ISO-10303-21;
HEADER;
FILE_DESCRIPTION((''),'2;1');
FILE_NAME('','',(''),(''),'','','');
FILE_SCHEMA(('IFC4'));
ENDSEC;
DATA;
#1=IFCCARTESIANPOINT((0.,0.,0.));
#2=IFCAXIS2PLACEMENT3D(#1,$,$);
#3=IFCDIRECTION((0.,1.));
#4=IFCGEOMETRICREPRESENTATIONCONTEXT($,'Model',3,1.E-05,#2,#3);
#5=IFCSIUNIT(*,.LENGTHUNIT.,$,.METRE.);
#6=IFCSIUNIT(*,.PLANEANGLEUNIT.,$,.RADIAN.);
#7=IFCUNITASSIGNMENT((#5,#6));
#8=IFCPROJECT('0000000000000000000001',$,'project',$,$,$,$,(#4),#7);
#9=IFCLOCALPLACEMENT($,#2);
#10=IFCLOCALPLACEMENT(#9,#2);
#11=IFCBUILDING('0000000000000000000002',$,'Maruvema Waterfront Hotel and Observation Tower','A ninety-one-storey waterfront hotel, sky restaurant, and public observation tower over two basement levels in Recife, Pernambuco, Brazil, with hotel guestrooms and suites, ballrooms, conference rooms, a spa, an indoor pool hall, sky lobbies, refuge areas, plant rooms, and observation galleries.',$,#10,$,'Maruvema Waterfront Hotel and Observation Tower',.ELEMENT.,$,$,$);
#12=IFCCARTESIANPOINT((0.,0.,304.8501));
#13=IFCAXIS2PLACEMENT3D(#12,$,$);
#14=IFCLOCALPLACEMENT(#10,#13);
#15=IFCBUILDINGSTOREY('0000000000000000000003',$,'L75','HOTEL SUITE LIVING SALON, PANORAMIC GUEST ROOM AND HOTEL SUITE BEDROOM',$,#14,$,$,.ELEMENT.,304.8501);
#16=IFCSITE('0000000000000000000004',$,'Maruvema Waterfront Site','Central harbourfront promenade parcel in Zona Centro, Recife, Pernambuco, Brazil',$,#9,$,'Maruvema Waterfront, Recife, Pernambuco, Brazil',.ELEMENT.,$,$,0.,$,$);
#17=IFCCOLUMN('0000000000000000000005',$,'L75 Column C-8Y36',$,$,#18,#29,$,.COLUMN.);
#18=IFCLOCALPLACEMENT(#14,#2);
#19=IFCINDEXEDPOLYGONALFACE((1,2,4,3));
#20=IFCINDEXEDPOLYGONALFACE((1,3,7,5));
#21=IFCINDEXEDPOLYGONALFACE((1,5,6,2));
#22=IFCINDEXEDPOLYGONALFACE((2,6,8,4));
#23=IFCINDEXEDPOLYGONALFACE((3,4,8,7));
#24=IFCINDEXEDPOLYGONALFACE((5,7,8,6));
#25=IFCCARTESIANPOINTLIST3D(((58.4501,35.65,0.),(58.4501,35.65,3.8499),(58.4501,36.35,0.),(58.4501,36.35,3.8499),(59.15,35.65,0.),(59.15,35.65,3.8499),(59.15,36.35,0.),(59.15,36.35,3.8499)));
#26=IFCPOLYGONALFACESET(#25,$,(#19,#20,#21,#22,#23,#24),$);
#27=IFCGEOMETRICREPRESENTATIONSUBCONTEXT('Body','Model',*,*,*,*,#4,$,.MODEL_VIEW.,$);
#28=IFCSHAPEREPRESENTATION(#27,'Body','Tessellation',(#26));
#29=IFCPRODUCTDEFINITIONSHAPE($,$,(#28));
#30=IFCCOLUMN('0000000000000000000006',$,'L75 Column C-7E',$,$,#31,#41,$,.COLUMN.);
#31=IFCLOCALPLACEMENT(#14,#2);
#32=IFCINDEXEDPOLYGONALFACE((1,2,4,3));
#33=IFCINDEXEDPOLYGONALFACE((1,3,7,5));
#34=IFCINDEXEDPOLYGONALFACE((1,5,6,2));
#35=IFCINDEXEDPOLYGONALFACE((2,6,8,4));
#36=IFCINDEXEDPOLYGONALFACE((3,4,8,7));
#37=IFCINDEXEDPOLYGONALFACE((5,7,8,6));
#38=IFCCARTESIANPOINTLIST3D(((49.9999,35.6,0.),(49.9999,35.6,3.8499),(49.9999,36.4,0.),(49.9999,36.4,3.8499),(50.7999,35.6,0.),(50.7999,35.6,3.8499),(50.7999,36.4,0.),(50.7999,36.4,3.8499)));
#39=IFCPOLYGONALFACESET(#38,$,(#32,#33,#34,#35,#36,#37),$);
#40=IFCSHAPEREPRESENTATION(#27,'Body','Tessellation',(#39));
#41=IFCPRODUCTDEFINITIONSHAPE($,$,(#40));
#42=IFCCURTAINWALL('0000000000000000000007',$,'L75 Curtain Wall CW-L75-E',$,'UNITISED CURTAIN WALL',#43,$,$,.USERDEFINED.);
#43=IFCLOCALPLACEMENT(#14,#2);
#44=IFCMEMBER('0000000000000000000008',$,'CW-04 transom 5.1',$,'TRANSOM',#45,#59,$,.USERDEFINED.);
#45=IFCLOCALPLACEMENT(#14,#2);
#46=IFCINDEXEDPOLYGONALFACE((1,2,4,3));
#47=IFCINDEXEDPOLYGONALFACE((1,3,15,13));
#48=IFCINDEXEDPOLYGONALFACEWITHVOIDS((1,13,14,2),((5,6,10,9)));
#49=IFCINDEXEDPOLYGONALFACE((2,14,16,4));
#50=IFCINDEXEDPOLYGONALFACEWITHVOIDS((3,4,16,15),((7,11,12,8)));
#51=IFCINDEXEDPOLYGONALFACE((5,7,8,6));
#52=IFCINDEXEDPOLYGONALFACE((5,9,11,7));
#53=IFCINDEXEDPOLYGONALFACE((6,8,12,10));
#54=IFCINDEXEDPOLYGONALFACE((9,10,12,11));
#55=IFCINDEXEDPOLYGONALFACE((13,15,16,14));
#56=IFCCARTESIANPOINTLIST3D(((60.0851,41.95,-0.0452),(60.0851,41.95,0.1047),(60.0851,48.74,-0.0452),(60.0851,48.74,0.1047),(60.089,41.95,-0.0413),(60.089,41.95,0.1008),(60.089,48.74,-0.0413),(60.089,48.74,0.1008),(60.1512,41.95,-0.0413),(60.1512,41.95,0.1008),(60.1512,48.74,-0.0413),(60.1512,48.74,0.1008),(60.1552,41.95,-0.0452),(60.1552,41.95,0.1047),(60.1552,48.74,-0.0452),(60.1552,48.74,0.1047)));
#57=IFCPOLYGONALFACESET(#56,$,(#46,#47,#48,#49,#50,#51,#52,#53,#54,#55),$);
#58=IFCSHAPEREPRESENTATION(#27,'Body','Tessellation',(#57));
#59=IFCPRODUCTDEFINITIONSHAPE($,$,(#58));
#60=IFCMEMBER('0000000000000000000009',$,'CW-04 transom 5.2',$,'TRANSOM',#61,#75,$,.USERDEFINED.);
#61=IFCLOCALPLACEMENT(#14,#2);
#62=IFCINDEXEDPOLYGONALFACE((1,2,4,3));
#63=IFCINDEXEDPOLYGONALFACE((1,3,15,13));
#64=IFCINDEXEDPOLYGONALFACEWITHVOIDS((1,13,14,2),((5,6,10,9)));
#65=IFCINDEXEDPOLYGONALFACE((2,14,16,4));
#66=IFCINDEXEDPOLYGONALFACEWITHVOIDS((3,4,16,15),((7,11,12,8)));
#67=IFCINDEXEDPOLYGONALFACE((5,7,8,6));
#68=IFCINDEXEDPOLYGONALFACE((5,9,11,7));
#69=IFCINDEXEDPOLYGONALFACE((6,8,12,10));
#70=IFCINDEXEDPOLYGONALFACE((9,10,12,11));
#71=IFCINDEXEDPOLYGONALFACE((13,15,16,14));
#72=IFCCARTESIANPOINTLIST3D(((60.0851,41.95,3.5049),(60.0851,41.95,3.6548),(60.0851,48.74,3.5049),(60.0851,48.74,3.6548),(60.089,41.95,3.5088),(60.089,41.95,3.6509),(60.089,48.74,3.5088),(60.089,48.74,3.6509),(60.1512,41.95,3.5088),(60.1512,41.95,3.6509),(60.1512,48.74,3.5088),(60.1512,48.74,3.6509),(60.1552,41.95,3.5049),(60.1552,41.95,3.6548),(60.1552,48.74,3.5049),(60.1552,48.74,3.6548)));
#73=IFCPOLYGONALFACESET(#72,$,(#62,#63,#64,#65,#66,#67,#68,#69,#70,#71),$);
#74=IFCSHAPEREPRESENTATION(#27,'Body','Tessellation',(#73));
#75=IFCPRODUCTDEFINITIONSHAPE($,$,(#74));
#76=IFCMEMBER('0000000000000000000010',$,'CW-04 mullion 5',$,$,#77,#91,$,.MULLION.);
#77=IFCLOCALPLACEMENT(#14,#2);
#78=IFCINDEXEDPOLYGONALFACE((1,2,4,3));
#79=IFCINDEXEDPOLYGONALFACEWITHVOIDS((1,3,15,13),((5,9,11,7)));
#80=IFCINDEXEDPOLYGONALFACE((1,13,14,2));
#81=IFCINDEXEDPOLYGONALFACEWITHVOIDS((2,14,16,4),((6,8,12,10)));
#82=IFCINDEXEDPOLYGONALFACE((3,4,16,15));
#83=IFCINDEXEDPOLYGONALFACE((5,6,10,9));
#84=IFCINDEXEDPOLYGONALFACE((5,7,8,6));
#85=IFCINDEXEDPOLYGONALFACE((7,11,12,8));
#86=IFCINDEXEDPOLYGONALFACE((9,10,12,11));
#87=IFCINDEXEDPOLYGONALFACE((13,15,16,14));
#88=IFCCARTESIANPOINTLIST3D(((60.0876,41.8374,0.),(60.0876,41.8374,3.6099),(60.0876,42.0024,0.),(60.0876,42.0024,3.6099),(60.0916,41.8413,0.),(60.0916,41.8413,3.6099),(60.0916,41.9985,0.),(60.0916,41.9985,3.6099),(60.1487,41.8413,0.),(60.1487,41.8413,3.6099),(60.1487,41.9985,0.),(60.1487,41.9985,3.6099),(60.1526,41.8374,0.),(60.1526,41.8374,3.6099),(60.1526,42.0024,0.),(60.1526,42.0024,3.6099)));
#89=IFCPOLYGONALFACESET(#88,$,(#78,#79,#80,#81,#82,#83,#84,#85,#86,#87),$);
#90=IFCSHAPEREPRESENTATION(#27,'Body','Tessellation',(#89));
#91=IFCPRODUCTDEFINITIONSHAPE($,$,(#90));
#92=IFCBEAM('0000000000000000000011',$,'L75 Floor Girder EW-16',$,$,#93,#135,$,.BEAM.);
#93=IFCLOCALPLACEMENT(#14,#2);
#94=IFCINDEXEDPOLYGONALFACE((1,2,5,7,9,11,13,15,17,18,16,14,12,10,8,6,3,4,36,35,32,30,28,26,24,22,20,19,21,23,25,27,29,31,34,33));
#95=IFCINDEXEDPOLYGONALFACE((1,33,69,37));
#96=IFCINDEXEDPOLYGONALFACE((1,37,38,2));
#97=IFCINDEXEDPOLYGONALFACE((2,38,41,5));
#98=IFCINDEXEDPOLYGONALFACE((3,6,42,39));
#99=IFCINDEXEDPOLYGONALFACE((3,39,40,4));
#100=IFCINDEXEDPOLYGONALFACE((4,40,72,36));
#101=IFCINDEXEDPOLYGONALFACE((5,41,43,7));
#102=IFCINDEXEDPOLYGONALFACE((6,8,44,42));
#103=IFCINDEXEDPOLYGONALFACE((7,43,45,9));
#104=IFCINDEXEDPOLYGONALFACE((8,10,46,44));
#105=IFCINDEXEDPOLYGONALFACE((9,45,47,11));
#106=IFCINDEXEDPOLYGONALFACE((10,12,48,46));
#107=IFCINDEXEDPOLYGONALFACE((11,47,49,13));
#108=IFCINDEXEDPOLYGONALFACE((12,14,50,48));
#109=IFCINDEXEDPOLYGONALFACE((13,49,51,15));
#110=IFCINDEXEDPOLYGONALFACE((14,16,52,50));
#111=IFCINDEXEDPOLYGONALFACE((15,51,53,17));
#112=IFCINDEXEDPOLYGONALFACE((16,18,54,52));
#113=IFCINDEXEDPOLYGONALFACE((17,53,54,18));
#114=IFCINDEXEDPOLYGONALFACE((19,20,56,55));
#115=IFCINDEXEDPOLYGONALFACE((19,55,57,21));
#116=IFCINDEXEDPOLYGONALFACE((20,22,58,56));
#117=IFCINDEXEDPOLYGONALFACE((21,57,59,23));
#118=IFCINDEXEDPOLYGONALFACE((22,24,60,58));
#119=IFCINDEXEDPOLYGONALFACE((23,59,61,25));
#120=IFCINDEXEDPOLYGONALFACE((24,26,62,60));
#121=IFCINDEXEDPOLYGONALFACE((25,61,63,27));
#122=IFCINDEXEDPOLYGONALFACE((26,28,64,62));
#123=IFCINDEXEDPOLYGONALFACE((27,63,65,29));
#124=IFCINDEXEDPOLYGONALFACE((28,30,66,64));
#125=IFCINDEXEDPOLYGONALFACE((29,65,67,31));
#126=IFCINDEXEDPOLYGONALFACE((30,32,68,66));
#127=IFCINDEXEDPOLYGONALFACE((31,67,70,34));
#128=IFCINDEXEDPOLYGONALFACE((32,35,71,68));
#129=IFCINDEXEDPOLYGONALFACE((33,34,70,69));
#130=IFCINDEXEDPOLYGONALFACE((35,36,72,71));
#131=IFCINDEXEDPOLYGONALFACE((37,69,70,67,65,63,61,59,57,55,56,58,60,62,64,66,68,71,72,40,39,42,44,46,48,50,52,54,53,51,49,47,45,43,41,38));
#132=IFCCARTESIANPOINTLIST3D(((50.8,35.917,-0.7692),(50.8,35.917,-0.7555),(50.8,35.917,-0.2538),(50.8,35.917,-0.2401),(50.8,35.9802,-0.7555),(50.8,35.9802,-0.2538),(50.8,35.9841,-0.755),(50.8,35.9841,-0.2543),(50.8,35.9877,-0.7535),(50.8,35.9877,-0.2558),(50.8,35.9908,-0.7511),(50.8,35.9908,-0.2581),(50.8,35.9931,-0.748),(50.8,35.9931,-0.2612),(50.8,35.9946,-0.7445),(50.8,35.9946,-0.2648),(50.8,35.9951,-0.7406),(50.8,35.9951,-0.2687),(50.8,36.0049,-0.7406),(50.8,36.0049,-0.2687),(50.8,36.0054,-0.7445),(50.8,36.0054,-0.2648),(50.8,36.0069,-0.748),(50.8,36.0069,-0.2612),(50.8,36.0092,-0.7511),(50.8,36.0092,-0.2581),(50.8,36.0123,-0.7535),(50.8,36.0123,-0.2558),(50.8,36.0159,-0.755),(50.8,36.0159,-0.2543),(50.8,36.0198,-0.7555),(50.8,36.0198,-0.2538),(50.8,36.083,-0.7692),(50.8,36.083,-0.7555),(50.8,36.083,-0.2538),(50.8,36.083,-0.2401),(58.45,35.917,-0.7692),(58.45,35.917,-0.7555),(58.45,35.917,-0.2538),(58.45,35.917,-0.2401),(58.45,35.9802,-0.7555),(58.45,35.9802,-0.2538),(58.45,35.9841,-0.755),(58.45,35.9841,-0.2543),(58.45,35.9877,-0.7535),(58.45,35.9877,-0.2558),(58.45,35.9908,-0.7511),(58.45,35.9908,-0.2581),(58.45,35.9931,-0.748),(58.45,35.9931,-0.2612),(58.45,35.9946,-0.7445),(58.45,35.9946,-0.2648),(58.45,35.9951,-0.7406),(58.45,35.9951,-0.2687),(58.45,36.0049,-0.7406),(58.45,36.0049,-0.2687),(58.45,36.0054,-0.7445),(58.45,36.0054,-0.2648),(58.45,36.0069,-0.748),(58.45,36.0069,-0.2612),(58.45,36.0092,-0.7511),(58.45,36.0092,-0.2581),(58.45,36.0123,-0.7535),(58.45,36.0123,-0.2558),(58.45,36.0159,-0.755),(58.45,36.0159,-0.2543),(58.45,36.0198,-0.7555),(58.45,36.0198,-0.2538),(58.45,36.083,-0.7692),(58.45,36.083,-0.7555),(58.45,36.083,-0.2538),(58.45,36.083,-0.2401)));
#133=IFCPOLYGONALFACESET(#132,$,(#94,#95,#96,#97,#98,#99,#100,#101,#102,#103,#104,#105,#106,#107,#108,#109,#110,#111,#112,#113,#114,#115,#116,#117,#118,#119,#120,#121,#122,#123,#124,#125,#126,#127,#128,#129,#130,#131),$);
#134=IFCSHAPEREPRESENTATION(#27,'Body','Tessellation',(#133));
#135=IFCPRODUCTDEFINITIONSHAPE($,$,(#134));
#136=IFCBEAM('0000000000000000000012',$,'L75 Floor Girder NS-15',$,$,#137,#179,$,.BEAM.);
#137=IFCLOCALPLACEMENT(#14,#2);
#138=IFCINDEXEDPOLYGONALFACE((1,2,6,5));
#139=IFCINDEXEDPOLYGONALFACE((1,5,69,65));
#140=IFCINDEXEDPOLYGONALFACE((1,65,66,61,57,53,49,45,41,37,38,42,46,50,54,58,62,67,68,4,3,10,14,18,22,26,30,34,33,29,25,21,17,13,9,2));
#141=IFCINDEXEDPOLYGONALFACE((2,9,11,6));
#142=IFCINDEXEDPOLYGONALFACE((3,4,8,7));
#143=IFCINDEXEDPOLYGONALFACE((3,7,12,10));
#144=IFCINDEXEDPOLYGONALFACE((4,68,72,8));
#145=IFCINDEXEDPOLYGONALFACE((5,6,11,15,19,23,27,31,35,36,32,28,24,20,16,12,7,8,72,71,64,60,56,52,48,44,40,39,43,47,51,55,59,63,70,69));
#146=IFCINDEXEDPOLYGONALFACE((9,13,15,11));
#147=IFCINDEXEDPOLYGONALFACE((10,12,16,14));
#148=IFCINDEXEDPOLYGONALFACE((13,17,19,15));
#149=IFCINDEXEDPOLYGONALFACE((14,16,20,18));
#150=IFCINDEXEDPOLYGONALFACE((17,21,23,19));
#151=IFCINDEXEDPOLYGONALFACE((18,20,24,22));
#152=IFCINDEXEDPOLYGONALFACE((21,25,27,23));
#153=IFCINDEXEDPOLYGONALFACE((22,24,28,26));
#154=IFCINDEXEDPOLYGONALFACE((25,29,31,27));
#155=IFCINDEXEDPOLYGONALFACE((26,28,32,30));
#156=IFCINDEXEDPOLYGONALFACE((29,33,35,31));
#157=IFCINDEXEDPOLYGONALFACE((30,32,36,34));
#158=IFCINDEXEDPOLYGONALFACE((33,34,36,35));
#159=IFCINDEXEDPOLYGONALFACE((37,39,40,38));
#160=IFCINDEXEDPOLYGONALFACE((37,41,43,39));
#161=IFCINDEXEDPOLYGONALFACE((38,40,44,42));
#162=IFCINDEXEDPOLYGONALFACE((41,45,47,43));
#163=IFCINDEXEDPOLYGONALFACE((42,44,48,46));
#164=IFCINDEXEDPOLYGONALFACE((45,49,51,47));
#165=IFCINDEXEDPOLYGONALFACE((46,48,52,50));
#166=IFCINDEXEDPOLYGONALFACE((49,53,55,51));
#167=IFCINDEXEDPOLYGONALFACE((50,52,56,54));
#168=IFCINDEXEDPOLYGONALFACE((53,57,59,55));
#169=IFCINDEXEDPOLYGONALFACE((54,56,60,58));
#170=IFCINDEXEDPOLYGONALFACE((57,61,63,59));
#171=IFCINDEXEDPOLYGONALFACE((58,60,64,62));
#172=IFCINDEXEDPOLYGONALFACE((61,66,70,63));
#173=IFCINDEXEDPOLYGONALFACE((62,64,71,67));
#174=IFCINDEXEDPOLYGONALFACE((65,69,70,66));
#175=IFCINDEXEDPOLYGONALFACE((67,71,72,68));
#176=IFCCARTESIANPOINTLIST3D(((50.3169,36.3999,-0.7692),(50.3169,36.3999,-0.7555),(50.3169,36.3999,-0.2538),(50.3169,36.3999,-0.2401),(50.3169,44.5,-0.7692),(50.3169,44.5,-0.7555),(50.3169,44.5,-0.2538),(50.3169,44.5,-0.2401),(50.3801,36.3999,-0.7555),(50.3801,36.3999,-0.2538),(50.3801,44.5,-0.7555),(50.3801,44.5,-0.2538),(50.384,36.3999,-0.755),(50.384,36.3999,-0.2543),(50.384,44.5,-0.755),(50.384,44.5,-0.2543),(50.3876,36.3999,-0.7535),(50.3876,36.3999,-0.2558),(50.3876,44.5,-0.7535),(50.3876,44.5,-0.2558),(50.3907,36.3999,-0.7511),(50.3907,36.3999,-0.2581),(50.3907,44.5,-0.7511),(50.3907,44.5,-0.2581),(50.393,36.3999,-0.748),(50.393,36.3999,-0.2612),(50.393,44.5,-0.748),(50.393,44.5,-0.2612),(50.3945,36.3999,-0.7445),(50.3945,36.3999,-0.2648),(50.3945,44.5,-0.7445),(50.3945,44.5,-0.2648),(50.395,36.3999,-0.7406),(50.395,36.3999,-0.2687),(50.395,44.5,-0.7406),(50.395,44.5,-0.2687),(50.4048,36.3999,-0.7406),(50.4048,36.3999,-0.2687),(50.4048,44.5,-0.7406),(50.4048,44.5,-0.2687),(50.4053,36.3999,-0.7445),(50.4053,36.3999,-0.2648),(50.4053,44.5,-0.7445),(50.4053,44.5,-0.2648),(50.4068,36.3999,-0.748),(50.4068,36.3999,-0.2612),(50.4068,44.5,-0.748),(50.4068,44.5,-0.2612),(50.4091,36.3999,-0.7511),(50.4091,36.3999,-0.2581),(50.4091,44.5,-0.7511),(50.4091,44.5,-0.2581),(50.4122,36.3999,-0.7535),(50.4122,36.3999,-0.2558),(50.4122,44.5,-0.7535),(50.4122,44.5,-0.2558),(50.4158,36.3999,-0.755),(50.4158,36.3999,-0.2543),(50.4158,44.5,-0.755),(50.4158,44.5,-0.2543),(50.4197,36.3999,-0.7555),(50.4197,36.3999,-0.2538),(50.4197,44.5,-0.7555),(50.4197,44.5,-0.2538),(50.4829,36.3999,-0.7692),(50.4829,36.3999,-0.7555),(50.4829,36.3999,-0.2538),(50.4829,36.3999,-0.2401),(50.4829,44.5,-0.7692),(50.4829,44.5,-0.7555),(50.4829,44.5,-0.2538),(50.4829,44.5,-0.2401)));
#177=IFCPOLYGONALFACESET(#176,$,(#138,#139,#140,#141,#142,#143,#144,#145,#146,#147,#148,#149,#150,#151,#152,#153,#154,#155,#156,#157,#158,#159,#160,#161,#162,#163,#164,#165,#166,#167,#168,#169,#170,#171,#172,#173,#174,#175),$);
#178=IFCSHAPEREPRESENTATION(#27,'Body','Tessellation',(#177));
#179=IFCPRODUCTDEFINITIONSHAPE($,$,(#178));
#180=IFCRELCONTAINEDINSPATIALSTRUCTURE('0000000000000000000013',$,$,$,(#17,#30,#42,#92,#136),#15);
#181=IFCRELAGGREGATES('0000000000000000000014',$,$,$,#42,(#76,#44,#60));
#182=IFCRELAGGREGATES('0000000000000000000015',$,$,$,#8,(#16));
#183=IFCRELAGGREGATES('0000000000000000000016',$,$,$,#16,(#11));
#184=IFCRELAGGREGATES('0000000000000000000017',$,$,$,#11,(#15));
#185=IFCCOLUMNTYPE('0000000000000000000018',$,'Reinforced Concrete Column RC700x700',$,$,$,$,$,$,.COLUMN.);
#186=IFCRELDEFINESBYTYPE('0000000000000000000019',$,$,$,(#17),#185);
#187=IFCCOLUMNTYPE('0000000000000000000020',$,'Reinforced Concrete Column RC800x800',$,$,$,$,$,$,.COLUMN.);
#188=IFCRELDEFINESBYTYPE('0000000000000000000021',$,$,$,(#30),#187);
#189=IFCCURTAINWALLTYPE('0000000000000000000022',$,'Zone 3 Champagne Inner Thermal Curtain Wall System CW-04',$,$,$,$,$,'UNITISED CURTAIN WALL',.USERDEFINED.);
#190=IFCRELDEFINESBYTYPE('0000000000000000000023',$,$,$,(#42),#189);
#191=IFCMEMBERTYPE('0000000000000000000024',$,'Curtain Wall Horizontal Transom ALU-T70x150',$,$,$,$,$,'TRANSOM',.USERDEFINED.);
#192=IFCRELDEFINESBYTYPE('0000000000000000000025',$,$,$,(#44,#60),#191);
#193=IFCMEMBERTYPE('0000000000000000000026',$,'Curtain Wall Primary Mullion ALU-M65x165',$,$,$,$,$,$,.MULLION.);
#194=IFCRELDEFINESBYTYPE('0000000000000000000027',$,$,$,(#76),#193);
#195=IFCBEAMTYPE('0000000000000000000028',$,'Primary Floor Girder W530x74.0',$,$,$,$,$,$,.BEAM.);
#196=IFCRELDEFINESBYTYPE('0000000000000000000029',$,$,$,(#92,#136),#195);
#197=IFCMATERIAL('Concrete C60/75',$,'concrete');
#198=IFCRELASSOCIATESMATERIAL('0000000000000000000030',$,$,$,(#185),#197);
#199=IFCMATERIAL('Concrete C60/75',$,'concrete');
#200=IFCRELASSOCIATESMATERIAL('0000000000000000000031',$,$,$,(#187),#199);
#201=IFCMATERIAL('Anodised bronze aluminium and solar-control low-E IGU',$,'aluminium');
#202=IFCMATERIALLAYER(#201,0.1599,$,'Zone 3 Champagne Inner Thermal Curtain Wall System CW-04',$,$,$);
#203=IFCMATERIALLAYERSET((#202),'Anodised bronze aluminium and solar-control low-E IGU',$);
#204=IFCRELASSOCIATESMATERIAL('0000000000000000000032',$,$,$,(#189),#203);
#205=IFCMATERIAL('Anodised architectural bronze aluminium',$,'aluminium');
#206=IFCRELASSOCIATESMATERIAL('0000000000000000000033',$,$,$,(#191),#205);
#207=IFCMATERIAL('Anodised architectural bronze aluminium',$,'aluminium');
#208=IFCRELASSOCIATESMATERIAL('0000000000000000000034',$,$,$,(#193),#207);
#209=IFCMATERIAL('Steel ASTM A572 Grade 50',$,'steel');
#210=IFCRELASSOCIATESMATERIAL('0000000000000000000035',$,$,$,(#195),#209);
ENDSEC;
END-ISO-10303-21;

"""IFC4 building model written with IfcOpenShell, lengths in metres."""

from ifc_helpers import new_model, si_unit, direction, frame, origin, origin_2d, place, context, subcontext, project, spatial, rectangle, hollow_rectangle, i_section, extrude, material, layer, layer_set, material_profile, profile_set, type_object, element, aggregate, save


model = new_model("IFC4")

# Units and contexts
model_context = context("Model", 3, precision=1e-05, world=origin(), true_north=direction((0.0, 1.0)))
body_context = subcontext(model_context, "Body", "Model", "MODEL_VIEW")
ifc_project = project(units=[si_unit("LENGTHUNIT", "METRE"), si_unit("PLANEANGLEUNIT", "RADIAN")], contexts=[model_context])

# Site, building, storey
site_placement = place(None, origin())
site = spatial("IfcSite", under=ifc_project, at=site_placement, Name="Maruvema Waterfront Site", Description="Central harbourfront promenade parcel in Zona Centro, Recife, Pernambuco, Brazil", LongName="Maruvema Waterfront, Recife, Pernambuco, Brazil", CompositionType="ELEMENT", RefElevation=0.0)
building_placement = place(site_placement, origin())
building = spatial("IfcBuilding", under=site, at=building_placement, Name="Maruvema Waterfront Hotel and Observation Tower", Description="A ninety-one-storey waterfront hotel, sky restaurant, and public observation tower over two basement levels in Recife, Pernambuco, Brazil, with hotel guestrooms and suites, ballrooms, conference rooms, a spa, an indoor pool hall, sky lobbies, refuge areas, plant rooms, and observation galleries.", LongName="Maruvema Waterfront Hotel and Observation Tower", CompositionType="ELEMENT")
storey_placement = place(building_placement, frame((0.0, 0.0, 304.8501)))
storey = spatial("IfcBuildingStorey", under=building, at=storey_placement, Name="L75", Description="HOTEL SUITE LIVING SALON, PANORAMIC GUEST ROOM AND HOTEL SUITE BEDROOM", CompositionType="ELEMENT", Elevation=304.8501)

# Columns
ifc_material_1 = material(Name="Concrete C60/75", Category="concrete")
ifc_material_profile_1 = material_profile(ifc_material_1, rectangle(XDim=0.7, YDim=0.7, at=origin_2d()), Name="RC700x700")
ifc_profile_set_1 = profile_set([ifc_material_profile_1], Name="Concrete C60/75")
column_type_1 = type_object("IfcColumnType", Name="Reinforced Concrete Column RC700x700", PredefinedType="COLUMN", material=ifc_profile_set_1)
column_1_placement = place(storey_placement, frame((58.8, 36.0, 0.0), z_axis=(0.0, 0.0, 1.0), x_axis=(1.0, 0.0, 0.0)))
element("IfcColumn", 1, at=column_1_placement, inside=storey, type_object=column_type_1, Name="L75 Column C-8Y36", PredefinedType="COLUMN", context=body_context, shape_type="SweptSolid", body=[
    extrude(rectangle(XDim=0.7, YDim=0.7, at=origin_2d()), origin(), (0.0, 0.0, 1.0), 3.8499),
])
ifc_material_2 = material(Name="Concrete C60/75", Category="concrete")
ifc_material_profile_2 = material_profile(ifc_material_2, rectangle(XDim=0.8, YDim=0.8, at=origin_2d()), Name="RC800x800")
ifc_profile_set_2 = profile_set([ifc_material_profile_2], Name="Concrete C60/75")
column_type_2 = type_object("IfcColumnType", Name="Reinforced Concrete Column RC800x800", PredefinedType="COLUMN", material=ifc_profile_set_2)
column_2_placement = place(storey_placement, frame((50.3999, 36.0, 0.0), z_axis=(0.0, 0.0, 1.0), x_axis=(1.0, 0.0, 0.0)))
element("IfcColumn", 2, at=column_2_placement, inside=storey, type_object=column_type_2, Name="L75 Column C-7E", PredefinedType="COLUMN", context=body_context, shape_type="SweptSolid", body=[
    extrude(rectangle(XDim=0.8, YDim=0.8, at=origin_2d()), origin(), (0.0, 0.0, 1.0), 3.8499),
])

# Curtain wall, members
ifc_material_3 = material(Name="Anodised bronze aluminium and solar-control low-E IGU", Category="aluminium")
ifc_layer_1 = layer(ifc_material_3, 0.1599, Name="Zone 3 Champagne Inner Thermal Curtain Wall System CW-04")
ifc_layer_set_1 = layer_set([ifc_layer_1], Name="Anodised bronze aluminium and solar-control low-E IGU")
curtain_wall_type = type_object("IfcCurtainWallType", Name="Zone 3 Champagne Inner Thermal Curtain Wall System CW-04", ElementType="UNITISED CURTAIN WALL", PredefinedType="USERDEFINED", material=ifc_layer_set_1)
curtain_wall_placement = place(storey_placement, origin())
curtain_wall = element("IfcCurtainWall", 3, at=curtain_wall_placement, inside=storey, type_object=curtain_wall_type, Name="L75 Curtain Wall CW-L75-E", ObjectType="UNITISED CURTAIN WALL", PredefinedType="USERDEFINED")
ifc_material_4 = material(Name="Anodised architectural bronze aluminium", Category="aluminium")
ifc_material_profile_3 = material_profile(ifc_material_4, hollow_rectangle(XDim=0.0701, YDim=0.1499, WallThickness=0.0039, at=origin_2d()), Name="ALU-T70x150")
ifc_profile_set_3 = profile_set([ifc_material_profile_3], Name="Anodised architectural bronze aluminium")
member_type_1 = type_object("IfcMemberType", Name="Curtain Wall Horizontal Transom ALU-T70x150", ElementType="TRANSOM", PredefinedType="USERDEFINED", material=ifc_profile_set_3)
member_1_placement = place(storey_placement, frame((60.1201, 41.95, 0.0298), z_axis=(0.0, 1.0, 0.0), x_axis=(-1.0, 0.0, 0.0)))
member_1 = element("IfcMember", 4, at=member_1_placement, type_object=member_type_1, Name="CW-04 transom 5.1", ObjectType="TRANSOM", PredefinedType="USERDEFINED", context=body_context, shape_type="SweptSolid", body=[
    extrude(hollow_rectangle(XDim=0.0701, YDim=0.1499, WallThickness=0.0039, at=origin_2d()), origin(), (0.0, 0.0, 1.0), 6.79),
])
member_2_placement = place(storey_placement, frame((60.1201, 41.95, 3.5798), z_axis=(0.0, 1.0, 0.0), x_axis=(-1.0, 0.0, 0.0)))
member_2 = element("IfcMember", 5, at=member_2_placement, type_object=member_type_1, Name="CW-04 transom 5.2", ObjectType="TRANSOM", PredefinedType="USERDEFINED", context=body_context, shape_type="SweptSolid", body=[
    extrude(hollow_rectangle(XDim=0.0701, YDim=0.1499, WallThickness=0.0039, at=origin_2d()), origin(), (0.0, 0.0, 1.0), 6.79),
])
ifc_material_5 = material(Name="Anodised architectural bronze aluminium", Category="aluminium")
ifc_material_profile_4 = material_profile(ifc_material_5, hollow_rectangle(XDim=0.0649, YDim=0.165, WallThickness=0.0039, at=origin_2d()), Name="ALU-M65x165")
ifc_profile_set_4 = profile_set([ifc_material_profile_4], Name="Anodised architectural bronze aluminium")
member_type_2 = type_object("IfcMemberType", Name="Curtain Wall Primary Mullion ALU-M65x165", PredefinedType="MULLION", material=ifc_profile_set_4)
member_3_placement = place(storey_placement, frame((60.1201, 41.9199, 0.0), z_axis=(0.0, 0.0, 1.0), x_axis=(-1.0, 0.0, 0.0)))
member_3 = element("IfcMember", 6, at=member_3_placement, type_object=member_type_2, Name="CW-04 mullion 5", PredefinedType="MULLION", context=body_context, shape_type="SweptSolid", body=[
    extrude(hollow_rectangle(XDim=0.0649, YDim=0.165, WallThickness=0.0039, at=origin_2d()), origin(), (0.0, 0.0, 1.0), 3.6099),
])

# Beams
ifc_material_6 = material(Name="Steel ASTM A572 Grade 50", Category="steel")
ifc_material_profile_5 = material_profile(ifc_material_6, i_section(OverallWidth=0.166, OverallDepth=0.5291, WebThickness=0.0098, FlangeThickness=0.0137, FilletRadius=0.0149, at=origin_2d()), Name="W530x74.0")
ifc_profile_set_5 = profile_set([ifc_material_profile_5], Name="Steel ASTM A572 Grade 50")
beam_type_1 = type_object("IfcBeamType", Name="Primary Floor Girder W530x74.0", PredefinedType="BEAM", material=ifc_profile_set_5)
beam_1_placement = place(storey_placement, frame((50.8, 36.0, -0.5046), z_axis=(1.0, 0.0, 0.0), x_axis=(0.0, 1.0, 0.0)))
element("IfcBeam", 7, at=beam_1_placement, inside=storey, type_object=beam_type_1, Name="L75 Floor Girder EW-16", PredefinedType="BEAM", context=body_context, shape_type="SweptSolid", body=[
    extrude(i_section(OverallWidth=0.166, OverallDepth=0.5291, WebThickness=0.0098, FlangeThickness=0.0137, FilletRadius=0.0149, at=origin_2d()), origin(), (0.0, 0.0, 1.0), 7.6499),
])
beam_2_placement = place(storey_placement, frame((50.3999, 36.3999, -0.5046), z_axis=(0.0, 1.0, 0.0), x_axis=(-1.0, 0.0, 0.0)))
element("IfcBeam", 8, at=beam_2_placement, inside=storey, type_object=beam_type_1, Name="L75 Floor Girder NS-15", PredefinedType="BEAM", context=body_context, shape_type="SweptSolid", body=[
    extrude(i_section(OverallWidth=0.166, OverallDepth=0.5291, WebThickness=0.0098, FlangeThickness=0.0137, FilletRadius=0.0149, at=origin_2d()), origin(), (0.0, 0.0, 1.0), 8.1001),
])

aggregate(curtain_wall, [member_3, member_1, member_2])

save(model, "model.ifc")
